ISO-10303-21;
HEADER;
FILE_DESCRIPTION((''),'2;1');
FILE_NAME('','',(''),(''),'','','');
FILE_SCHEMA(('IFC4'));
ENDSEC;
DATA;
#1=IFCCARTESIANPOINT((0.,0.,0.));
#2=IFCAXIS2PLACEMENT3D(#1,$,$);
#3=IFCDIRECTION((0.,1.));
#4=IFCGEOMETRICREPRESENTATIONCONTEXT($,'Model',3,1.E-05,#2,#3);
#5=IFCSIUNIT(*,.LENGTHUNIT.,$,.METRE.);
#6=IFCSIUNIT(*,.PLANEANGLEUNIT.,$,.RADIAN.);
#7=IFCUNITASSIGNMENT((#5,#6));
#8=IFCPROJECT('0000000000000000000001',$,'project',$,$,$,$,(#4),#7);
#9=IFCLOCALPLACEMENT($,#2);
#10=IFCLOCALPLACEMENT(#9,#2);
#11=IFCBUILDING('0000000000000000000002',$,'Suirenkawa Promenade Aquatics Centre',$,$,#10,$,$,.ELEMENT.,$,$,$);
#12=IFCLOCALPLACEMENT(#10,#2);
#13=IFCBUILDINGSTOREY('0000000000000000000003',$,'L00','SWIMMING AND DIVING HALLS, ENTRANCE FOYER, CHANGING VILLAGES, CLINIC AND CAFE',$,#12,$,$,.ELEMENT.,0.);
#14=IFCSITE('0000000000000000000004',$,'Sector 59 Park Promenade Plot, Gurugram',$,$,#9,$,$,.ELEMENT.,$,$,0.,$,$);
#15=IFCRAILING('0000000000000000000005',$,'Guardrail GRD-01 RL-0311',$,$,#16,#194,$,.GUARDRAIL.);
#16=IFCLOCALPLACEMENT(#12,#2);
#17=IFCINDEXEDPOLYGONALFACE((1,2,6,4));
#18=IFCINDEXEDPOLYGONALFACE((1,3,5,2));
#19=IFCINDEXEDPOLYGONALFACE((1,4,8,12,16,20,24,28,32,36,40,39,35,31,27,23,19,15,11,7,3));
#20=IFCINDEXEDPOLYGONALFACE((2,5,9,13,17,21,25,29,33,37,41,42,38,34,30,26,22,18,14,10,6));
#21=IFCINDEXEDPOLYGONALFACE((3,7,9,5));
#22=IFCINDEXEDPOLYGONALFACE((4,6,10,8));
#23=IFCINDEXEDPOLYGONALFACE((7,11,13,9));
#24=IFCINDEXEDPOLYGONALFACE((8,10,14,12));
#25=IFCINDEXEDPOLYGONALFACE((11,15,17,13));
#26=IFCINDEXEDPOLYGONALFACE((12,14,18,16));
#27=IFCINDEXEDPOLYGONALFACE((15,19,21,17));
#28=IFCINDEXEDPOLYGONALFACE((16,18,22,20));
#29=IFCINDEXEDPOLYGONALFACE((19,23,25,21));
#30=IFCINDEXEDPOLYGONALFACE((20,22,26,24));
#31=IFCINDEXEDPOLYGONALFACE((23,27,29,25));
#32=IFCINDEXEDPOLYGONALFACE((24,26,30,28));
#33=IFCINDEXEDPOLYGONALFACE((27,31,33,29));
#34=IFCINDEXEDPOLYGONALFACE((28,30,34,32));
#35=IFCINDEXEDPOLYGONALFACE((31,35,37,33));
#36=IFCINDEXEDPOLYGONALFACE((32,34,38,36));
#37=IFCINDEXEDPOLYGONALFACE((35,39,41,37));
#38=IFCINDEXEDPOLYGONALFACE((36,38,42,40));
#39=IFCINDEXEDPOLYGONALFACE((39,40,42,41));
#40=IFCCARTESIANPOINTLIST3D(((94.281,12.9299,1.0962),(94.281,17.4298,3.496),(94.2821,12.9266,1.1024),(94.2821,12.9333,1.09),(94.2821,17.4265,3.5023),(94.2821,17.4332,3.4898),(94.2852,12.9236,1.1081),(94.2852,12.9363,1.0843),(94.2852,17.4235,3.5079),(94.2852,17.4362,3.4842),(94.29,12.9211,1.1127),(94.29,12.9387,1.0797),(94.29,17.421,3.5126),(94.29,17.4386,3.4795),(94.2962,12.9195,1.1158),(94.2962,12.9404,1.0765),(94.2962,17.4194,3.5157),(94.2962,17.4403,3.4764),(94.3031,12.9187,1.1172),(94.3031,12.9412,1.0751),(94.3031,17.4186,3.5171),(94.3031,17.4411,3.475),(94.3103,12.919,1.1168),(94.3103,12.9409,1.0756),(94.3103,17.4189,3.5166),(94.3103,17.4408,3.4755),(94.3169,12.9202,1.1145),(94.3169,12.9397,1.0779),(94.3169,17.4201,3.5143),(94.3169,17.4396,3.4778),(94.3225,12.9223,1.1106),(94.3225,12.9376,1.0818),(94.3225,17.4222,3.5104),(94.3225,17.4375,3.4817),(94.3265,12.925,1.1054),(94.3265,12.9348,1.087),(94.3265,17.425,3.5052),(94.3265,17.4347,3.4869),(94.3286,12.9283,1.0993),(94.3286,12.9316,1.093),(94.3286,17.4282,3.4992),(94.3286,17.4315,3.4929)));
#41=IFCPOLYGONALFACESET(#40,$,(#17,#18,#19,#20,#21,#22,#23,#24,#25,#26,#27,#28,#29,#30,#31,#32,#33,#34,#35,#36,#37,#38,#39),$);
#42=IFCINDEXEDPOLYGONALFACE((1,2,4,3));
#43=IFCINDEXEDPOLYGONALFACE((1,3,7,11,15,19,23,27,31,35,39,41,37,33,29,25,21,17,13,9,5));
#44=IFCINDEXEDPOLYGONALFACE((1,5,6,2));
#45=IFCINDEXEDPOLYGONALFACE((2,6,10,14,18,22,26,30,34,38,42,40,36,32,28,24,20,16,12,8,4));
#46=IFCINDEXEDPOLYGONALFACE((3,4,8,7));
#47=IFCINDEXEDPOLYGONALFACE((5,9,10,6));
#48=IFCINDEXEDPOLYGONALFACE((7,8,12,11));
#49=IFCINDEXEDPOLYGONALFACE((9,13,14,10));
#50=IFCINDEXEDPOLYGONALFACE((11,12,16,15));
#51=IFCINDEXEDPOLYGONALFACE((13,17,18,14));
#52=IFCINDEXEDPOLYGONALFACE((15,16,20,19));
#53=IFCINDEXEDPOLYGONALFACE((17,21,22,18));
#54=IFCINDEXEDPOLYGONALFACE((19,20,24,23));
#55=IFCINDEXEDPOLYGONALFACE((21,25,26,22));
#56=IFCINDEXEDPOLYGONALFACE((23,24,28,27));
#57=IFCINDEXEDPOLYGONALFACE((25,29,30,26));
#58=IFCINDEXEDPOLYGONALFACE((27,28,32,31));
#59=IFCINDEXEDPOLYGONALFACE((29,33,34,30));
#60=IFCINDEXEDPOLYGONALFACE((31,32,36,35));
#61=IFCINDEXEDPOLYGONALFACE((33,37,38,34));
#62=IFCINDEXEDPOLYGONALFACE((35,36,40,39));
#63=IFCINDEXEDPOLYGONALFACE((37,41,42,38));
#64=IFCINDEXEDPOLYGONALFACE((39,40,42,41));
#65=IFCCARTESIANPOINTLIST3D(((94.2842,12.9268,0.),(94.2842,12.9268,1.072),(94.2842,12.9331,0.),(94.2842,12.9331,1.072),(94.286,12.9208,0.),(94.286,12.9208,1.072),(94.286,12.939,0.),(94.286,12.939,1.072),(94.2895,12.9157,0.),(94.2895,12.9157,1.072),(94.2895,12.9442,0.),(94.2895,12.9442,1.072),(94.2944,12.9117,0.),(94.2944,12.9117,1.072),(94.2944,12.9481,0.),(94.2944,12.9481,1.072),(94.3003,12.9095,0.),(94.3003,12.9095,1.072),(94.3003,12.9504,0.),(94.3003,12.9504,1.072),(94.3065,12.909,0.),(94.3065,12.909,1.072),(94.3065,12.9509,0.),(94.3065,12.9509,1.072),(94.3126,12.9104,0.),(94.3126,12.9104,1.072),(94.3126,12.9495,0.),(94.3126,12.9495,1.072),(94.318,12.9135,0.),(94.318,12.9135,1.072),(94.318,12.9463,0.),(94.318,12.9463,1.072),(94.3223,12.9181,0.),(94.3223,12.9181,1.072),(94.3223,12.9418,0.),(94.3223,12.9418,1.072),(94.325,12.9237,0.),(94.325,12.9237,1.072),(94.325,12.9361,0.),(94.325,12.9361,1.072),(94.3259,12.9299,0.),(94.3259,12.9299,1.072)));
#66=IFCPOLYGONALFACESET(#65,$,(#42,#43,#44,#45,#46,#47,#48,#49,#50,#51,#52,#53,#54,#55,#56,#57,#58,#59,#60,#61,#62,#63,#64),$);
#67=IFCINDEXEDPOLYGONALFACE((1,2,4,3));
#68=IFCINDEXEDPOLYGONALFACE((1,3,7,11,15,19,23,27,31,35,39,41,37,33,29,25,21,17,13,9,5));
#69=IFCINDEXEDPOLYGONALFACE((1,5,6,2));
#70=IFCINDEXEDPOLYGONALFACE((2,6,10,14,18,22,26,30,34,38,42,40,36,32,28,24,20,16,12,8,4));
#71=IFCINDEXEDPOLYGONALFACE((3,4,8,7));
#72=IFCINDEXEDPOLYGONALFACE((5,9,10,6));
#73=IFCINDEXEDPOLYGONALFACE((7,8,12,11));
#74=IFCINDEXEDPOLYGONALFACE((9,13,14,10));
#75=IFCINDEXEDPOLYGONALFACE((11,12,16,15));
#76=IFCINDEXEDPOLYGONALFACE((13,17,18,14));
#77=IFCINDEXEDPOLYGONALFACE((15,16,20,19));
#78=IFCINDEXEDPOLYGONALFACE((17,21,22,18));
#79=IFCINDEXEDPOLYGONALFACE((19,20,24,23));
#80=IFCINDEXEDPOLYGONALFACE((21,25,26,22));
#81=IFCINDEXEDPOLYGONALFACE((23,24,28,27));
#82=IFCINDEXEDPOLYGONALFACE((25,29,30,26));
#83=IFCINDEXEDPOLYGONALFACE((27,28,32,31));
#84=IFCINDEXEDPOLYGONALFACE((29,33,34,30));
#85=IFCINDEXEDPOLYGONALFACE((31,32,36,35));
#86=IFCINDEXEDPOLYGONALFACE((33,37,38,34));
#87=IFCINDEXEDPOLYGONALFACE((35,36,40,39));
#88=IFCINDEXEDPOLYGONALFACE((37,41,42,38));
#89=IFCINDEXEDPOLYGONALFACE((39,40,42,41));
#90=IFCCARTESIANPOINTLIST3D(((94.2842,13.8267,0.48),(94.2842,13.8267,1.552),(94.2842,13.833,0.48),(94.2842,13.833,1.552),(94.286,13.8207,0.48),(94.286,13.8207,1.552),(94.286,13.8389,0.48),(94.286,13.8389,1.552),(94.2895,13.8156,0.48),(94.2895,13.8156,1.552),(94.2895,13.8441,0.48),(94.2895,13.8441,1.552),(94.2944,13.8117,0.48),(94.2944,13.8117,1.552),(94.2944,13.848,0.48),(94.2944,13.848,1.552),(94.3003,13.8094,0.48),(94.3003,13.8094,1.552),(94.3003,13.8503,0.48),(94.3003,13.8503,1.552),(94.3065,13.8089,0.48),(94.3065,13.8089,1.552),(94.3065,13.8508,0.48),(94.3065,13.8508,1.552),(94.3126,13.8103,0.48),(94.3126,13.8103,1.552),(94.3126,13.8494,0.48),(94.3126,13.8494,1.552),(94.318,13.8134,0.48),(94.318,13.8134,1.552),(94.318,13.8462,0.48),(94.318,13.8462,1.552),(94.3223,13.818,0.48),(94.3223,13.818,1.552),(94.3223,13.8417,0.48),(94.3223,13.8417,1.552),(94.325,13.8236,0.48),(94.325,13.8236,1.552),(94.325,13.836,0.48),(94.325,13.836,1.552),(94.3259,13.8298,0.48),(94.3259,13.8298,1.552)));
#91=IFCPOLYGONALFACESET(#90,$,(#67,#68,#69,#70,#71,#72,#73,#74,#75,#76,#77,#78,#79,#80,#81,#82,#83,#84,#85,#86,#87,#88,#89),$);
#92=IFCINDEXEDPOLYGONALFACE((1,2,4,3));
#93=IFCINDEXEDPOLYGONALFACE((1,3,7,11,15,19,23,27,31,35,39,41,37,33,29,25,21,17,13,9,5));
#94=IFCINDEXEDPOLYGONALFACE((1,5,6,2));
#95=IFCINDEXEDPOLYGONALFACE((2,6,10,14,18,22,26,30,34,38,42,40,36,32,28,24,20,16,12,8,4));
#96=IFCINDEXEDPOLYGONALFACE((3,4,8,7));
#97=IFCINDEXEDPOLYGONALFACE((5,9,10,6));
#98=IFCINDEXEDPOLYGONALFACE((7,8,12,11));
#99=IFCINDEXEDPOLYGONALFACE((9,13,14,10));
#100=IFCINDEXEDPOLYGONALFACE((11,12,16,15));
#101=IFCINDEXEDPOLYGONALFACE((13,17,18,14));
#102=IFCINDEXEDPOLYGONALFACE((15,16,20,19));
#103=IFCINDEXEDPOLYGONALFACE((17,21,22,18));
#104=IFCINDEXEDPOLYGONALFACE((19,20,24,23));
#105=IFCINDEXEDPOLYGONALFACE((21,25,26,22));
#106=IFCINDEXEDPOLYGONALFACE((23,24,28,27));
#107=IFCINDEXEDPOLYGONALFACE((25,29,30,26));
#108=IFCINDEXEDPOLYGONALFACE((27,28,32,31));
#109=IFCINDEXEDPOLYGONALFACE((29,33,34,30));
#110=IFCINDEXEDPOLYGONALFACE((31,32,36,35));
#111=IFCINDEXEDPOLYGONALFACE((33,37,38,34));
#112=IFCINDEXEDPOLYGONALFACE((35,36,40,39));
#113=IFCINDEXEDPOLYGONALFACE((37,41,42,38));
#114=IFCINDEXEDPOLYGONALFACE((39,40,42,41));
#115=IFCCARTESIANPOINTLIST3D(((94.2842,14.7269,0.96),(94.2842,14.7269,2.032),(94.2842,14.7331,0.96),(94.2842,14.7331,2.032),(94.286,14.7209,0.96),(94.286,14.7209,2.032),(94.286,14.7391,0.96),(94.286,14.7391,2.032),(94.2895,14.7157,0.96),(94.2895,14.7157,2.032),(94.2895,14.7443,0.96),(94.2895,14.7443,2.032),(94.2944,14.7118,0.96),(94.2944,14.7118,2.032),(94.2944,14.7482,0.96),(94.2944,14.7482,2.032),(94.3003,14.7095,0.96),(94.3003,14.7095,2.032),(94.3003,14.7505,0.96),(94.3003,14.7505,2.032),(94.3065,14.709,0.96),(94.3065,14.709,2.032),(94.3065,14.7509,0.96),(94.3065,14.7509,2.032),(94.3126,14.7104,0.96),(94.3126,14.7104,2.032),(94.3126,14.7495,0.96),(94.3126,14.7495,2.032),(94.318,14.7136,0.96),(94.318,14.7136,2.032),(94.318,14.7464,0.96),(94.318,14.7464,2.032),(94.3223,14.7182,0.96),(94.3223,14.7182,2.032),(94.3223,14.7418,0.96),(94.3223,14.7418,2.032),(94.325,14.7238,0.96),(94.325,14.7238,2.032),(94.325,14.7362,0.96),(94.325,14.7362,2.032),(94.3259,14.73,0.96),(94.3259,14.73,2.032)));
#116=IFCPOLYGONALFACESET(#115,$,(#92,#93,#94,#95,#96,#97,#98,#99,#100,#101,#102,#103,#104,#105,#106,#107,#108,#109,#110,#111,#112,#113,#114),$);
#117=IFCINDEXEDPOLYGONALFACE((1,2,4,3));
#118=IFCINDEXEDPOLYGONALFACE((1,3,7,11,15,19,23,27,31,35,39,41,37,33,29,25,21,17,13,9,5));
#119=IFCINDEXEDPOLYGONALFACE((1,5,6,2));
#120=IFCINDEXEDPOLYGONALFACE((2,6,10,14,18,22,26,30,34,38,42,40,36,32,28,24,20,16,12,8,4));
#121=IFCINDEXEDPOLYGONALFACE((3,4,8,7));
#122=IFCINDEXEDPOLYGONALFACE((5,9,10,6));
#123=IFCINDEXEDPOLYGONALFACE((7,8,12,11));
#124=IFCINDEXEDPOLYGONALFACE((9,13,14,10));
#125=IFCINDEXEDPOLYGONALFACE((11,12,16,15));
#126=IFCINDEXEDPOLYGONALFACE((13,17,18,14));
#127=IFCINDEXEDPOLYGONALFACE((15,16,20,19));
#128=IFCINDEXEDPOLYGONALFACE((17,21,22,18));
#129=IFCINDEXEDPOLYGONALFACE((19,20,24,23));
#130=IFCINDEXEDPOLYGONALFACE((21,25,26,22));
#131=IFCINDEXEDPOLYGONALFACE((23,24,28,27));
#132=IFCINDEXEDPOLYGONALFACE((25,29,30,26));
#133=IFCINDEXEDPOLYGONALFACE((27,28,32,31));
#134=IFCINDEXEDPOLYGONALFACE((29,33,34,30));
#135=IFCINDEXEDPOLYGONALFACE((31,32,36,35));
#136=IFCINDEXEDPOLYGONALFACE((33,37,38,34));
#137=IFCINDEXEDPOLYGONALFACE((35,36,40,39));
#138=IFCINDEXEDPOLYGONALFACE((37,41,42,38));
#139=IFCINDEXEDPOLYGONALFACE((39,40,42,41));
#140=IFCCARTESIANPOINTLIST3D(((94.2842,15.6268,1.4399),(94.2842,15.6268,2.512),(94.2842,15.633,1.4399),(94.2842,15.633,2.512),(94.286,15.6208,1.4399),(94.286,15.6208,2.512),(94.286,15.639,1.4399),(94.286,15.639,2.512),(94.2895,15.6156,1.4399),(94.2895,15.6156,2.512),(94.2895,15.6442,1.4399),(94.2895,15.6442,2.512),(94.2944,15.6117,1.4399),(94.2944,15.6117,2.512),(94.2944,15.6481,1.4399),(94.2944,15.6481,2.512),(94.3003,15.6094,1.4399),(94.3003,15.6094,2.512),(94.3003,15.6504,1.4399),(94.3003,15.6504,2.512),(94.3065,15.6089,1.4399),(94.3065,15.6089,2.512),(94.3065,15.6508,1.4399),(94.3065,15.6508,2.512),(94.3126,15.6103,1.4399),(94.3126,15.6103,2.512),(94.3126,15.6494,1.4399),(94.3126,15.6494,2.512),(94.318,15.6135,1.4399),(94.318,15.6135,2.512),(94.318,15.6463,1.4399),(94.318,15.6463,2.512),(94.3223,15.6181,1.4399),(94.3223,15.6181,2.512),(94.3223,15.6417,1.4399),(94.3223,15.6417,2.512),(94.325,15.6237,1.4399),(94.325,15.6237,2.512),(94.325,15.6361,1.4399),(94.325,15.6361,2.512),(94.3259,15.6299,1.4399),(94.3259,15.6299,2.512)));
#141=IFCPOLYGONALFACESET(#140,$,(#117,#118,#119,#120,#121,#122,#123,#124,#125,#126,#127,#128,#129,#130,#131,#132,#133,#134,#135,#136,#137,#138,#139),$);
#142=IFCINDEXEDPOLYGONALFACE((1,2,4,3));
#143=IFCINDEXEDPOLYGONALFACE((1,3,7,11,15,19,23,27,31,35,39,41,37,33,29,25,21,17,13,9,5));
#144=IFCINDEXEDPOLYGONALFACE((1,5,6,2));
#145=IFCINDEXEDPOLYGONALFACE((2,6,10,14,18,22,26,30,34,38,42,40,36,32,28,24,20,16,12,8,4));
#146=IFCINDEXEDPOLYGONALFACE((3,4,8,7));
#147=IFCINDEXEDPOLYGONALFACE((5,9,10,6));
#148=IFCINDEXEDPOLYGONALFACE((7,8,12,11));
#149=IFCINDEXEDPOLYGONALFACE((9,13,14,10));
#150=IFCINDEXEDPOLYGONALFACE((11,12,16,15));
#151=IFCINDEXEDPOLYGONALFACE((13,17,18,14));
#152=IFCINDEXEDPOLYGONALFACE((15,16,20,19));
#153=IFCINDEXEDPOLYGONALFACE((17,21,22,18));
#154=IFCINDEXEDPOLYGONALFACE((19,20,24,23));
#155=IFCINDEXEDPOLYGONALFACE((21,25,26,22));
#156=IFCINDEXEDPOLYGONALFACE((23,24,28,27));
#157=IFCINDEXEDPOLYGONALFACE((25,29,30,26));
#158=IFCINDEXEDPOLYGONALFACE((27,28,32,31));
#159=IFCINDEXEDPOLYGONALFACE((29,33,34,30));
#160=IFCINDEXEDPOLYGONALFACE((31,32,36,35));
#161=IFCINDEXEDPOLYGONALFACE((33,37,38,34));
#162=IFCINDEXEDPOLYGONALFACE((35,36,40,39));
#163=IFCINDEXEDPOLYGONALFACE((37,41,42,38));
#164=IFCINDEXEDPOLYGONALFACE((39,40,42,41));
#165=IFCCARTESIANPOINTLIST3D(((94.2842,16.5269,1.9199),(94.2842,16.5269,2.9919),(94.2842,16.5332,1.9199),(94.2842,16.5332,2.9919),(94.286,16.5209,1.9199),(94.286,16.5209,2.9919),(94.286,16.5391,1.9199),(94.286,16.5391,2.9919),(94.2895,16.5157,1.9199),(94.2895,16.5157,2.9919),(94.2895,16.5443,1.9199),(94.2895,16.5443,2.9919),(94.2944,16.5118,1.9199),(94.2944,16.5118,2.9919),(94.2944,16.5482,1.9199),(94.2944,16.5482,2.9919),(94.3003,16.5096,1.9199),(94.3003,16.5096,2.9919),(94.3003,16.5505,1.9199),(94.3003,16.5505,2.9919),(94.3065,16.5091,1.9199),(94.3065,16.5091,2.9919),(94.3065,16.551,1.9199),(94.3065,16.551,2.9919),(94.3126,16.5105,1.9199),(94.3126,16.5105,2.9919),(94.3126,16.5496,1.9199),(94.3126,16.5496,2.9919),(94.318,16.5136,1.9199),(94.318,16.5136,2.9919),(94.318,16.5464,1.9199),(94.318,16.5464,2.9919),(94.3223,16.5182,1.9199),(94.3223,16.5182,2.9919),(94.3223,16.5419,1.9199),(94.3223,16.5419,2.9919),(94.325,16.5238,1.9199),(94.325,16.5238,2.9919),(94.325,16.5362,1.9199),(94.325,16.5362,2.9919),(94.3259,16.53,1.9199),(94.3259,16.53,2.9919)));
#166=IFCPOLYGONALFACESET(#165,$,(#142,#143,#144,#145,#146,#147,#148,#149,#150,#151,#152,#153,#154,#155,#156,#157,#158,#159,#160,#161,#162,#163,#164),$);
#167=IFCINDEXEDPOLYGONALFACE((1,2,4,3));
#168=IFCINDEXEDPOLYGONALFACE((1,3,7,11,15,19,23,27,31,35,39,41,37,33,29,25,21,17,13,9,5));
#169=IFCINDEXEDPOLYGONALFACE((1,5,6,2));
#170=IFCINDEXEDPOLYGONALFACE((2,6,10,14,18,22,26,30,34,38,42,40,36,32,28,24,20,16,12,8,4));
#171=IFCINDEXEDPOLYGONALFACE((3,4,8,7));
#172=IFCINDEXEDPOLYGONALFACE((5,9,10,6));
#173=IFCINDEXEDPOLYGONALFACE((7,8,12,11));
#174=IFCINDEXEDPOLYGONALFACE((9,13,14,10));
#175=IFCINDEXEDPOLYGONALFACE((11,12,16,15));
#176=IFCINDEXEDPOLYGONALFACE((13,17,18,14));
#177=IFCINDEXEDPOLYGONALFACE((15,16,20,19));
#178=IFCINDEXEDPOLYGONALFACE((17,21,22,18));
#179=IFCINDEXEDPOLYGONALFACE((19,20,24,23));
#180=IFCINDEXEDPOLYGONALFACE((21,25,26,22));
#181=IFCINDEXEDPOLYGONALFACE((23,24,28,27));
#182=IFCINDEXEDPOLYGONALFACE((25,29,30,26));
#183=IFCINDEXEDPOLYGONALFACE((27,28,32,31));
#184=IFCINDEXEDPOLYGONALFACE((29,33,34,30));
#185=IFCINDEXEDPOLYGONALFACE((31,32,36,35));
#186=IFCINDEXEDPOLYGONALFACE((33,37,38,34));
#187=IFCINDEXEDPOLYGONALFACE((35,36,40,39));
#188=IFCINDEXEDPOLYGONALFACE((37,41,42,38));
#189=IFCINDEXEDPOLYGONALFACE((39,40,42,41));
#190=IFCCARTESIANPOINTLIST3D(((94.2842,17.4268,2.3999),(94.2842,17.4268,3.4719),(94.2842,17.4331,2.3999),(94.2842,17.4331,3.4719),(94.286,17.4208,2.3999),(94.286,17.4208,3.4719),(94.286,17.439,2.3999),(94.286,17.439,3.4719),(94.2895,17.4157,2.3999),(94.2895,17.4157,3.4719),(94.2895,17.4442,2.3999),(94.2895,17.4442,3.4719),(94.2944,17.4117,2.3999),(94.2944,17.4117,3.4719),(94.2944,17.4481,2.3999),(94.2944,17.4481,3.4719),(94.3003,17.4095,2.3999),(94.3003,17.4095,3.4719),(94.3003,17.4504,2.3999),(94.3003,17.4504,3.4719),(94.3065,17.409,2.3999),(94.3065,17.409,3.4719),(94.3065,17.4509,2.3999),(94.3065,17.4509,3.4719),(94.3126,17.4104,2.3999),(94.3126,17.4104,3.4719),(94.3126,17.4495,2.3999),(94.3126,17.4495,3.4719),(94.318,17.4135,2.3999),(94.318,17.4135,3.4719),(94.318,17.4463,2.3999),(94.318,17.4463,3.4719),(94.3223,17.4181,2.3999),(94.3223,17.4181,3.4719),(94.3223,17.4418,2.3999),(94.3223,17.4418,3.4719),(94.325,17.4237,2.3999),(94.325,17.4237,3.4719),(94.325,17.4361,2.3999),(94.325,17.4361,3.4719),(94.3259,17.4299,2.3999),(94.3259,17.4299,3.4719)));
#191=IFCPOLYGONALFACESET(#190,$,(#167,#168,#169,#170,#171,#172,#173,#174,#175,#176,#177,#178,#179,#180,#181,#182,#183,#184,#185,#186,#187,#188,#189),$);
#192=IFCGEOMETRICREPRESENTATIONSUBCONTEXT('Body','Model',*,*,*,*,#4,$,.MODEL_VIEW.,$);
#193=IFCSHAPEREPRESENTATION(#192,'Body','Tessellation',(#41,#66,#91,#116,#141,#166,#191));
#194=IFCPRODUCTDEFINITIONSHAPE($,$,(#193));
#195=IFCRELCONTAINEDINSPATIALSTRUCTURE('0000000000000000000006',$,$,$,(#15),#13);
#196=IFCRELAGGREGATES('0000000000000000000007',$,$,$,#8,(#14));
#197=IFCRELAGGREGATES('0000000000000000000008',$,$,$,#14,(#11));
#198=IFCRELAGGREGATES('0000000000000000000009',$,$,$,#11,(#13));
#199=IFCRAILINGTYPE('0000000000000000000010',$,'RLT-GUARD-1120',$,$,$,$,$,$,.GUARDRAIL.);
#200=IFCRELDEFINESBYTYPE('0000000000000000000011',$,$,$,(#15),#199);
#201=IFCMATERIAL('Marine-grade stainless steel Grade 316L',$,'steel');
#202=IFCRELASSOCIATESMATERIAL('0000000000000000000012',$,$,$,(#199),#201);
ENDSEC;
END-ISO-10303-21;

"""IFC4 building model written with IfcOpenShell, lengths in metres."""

from ifc_helpers import new_model, si_unit, direction, frame, origin, origin_2d, place, context, subcontext, project, spatial, circle, extrude, material, type_object, element, save


model = new_model("IFC4")

# Units and contexts
model_context = context("Model", 3, precision=1e-05, world=origin(), true_north=direction((0.0, 1.0)))
body_context = subcontext(model_context, "Body", "Model", "MODEL_VIEW")
ifc_project = project(units=[si_unit("LENGTHUNIT", "METRE"), si_unit("PLANEANGLEUNIT", "RADIAN")], contexts=[model_context])

# Site, building, storey
site_placement = place(None, origin())
site = spatial("IfcSite", under=ifc_project, at=site_placement, Name="Sector 59 Park Promenade Plot, Gurugram", CompositionType="ELEMENT", RefElevation=0.0)
building_placement = place(site_placement, origin())
building = spatial("IfcBuilding", under=site, at=building_placement, Name="Suirenkawa Promenade Aquatics Centre", CompositionType="ELEMENT")
storey_placement = place(building_placement, origin())
storey = spatial("IfcBuildingStorey", under=building, at=storey_placement, Name="L00", Description="SWIMMING AND DIVING HALLS, ENTRANCE FOYER, CHANGING VILLAGES, CLINIC AND CAFE", CompositionType="ELEMENT", Elevation=0.0)

# Railing
ifc_material_1 = material(Name="Marine-grade stainless steel Grade 316L", Category="steel")
railing_type_1 = type_object("IfcRailingType", Name="RLT-GUARD-1120", PredefinedType="GUARDRAIL", material=ifc_material_1)
for number, where, name in (
    (1, (94.3049, 12.9299, 0.0), "Guardrail GRD-01 RL-0311"),
):
    element("IfcRailing", number, at=place(storey_placement, frame(where)), inside=storey, type_object=railing_type_1, Name=name, PredefinedType="GUARDRAIL", context=body_context, shape_type="SweptSolid", body=[
        extrude(circle(Radius=0.0239, at=origin_2d()), frame((0.0, 0.0, 1.0962), z_axis=(0.0, 0.882361, 0.470573), x_axis=(-1.0, 0.0, 0.0)), (0.0, 0.0, 1.0), 5.0999),
        extrude(circle(Radius=0.021, at=origin_2d()), origin(), (0.0, 0.0, 1.0), 1.072),
        extrude(circle(Radius=0.021, at=origin_2d()), frame((0.0, 0.8999, 0.48)), (0.0, 0.0, 1.0), 1.072),
        extrude(circle(Radius=0.021, at=origin_2d()), frame((0.0, 1.8, 0.96)), (0.0, 0.0, 1.0), 1.072),
        extrude(circle(Radius=0.021, at=origin_2d()), frame((0.0, 2.7, 1.4399)), (0.0, 0.0, 1.0), 1.072),
        extrude(circle(Radius=0.021, at=origin_2d()), frame((0.0, 3.6001, 1.9199)), (0.0, 0.0, 1.0), 1.072),
        extrude(circle(Radius=0.021, at=origin_2d()), frame((0.0, 4.5, 2.3999)), (0.0, 0.0, 1.0), 1.072),
    ])

save(model, "model.ifc")
